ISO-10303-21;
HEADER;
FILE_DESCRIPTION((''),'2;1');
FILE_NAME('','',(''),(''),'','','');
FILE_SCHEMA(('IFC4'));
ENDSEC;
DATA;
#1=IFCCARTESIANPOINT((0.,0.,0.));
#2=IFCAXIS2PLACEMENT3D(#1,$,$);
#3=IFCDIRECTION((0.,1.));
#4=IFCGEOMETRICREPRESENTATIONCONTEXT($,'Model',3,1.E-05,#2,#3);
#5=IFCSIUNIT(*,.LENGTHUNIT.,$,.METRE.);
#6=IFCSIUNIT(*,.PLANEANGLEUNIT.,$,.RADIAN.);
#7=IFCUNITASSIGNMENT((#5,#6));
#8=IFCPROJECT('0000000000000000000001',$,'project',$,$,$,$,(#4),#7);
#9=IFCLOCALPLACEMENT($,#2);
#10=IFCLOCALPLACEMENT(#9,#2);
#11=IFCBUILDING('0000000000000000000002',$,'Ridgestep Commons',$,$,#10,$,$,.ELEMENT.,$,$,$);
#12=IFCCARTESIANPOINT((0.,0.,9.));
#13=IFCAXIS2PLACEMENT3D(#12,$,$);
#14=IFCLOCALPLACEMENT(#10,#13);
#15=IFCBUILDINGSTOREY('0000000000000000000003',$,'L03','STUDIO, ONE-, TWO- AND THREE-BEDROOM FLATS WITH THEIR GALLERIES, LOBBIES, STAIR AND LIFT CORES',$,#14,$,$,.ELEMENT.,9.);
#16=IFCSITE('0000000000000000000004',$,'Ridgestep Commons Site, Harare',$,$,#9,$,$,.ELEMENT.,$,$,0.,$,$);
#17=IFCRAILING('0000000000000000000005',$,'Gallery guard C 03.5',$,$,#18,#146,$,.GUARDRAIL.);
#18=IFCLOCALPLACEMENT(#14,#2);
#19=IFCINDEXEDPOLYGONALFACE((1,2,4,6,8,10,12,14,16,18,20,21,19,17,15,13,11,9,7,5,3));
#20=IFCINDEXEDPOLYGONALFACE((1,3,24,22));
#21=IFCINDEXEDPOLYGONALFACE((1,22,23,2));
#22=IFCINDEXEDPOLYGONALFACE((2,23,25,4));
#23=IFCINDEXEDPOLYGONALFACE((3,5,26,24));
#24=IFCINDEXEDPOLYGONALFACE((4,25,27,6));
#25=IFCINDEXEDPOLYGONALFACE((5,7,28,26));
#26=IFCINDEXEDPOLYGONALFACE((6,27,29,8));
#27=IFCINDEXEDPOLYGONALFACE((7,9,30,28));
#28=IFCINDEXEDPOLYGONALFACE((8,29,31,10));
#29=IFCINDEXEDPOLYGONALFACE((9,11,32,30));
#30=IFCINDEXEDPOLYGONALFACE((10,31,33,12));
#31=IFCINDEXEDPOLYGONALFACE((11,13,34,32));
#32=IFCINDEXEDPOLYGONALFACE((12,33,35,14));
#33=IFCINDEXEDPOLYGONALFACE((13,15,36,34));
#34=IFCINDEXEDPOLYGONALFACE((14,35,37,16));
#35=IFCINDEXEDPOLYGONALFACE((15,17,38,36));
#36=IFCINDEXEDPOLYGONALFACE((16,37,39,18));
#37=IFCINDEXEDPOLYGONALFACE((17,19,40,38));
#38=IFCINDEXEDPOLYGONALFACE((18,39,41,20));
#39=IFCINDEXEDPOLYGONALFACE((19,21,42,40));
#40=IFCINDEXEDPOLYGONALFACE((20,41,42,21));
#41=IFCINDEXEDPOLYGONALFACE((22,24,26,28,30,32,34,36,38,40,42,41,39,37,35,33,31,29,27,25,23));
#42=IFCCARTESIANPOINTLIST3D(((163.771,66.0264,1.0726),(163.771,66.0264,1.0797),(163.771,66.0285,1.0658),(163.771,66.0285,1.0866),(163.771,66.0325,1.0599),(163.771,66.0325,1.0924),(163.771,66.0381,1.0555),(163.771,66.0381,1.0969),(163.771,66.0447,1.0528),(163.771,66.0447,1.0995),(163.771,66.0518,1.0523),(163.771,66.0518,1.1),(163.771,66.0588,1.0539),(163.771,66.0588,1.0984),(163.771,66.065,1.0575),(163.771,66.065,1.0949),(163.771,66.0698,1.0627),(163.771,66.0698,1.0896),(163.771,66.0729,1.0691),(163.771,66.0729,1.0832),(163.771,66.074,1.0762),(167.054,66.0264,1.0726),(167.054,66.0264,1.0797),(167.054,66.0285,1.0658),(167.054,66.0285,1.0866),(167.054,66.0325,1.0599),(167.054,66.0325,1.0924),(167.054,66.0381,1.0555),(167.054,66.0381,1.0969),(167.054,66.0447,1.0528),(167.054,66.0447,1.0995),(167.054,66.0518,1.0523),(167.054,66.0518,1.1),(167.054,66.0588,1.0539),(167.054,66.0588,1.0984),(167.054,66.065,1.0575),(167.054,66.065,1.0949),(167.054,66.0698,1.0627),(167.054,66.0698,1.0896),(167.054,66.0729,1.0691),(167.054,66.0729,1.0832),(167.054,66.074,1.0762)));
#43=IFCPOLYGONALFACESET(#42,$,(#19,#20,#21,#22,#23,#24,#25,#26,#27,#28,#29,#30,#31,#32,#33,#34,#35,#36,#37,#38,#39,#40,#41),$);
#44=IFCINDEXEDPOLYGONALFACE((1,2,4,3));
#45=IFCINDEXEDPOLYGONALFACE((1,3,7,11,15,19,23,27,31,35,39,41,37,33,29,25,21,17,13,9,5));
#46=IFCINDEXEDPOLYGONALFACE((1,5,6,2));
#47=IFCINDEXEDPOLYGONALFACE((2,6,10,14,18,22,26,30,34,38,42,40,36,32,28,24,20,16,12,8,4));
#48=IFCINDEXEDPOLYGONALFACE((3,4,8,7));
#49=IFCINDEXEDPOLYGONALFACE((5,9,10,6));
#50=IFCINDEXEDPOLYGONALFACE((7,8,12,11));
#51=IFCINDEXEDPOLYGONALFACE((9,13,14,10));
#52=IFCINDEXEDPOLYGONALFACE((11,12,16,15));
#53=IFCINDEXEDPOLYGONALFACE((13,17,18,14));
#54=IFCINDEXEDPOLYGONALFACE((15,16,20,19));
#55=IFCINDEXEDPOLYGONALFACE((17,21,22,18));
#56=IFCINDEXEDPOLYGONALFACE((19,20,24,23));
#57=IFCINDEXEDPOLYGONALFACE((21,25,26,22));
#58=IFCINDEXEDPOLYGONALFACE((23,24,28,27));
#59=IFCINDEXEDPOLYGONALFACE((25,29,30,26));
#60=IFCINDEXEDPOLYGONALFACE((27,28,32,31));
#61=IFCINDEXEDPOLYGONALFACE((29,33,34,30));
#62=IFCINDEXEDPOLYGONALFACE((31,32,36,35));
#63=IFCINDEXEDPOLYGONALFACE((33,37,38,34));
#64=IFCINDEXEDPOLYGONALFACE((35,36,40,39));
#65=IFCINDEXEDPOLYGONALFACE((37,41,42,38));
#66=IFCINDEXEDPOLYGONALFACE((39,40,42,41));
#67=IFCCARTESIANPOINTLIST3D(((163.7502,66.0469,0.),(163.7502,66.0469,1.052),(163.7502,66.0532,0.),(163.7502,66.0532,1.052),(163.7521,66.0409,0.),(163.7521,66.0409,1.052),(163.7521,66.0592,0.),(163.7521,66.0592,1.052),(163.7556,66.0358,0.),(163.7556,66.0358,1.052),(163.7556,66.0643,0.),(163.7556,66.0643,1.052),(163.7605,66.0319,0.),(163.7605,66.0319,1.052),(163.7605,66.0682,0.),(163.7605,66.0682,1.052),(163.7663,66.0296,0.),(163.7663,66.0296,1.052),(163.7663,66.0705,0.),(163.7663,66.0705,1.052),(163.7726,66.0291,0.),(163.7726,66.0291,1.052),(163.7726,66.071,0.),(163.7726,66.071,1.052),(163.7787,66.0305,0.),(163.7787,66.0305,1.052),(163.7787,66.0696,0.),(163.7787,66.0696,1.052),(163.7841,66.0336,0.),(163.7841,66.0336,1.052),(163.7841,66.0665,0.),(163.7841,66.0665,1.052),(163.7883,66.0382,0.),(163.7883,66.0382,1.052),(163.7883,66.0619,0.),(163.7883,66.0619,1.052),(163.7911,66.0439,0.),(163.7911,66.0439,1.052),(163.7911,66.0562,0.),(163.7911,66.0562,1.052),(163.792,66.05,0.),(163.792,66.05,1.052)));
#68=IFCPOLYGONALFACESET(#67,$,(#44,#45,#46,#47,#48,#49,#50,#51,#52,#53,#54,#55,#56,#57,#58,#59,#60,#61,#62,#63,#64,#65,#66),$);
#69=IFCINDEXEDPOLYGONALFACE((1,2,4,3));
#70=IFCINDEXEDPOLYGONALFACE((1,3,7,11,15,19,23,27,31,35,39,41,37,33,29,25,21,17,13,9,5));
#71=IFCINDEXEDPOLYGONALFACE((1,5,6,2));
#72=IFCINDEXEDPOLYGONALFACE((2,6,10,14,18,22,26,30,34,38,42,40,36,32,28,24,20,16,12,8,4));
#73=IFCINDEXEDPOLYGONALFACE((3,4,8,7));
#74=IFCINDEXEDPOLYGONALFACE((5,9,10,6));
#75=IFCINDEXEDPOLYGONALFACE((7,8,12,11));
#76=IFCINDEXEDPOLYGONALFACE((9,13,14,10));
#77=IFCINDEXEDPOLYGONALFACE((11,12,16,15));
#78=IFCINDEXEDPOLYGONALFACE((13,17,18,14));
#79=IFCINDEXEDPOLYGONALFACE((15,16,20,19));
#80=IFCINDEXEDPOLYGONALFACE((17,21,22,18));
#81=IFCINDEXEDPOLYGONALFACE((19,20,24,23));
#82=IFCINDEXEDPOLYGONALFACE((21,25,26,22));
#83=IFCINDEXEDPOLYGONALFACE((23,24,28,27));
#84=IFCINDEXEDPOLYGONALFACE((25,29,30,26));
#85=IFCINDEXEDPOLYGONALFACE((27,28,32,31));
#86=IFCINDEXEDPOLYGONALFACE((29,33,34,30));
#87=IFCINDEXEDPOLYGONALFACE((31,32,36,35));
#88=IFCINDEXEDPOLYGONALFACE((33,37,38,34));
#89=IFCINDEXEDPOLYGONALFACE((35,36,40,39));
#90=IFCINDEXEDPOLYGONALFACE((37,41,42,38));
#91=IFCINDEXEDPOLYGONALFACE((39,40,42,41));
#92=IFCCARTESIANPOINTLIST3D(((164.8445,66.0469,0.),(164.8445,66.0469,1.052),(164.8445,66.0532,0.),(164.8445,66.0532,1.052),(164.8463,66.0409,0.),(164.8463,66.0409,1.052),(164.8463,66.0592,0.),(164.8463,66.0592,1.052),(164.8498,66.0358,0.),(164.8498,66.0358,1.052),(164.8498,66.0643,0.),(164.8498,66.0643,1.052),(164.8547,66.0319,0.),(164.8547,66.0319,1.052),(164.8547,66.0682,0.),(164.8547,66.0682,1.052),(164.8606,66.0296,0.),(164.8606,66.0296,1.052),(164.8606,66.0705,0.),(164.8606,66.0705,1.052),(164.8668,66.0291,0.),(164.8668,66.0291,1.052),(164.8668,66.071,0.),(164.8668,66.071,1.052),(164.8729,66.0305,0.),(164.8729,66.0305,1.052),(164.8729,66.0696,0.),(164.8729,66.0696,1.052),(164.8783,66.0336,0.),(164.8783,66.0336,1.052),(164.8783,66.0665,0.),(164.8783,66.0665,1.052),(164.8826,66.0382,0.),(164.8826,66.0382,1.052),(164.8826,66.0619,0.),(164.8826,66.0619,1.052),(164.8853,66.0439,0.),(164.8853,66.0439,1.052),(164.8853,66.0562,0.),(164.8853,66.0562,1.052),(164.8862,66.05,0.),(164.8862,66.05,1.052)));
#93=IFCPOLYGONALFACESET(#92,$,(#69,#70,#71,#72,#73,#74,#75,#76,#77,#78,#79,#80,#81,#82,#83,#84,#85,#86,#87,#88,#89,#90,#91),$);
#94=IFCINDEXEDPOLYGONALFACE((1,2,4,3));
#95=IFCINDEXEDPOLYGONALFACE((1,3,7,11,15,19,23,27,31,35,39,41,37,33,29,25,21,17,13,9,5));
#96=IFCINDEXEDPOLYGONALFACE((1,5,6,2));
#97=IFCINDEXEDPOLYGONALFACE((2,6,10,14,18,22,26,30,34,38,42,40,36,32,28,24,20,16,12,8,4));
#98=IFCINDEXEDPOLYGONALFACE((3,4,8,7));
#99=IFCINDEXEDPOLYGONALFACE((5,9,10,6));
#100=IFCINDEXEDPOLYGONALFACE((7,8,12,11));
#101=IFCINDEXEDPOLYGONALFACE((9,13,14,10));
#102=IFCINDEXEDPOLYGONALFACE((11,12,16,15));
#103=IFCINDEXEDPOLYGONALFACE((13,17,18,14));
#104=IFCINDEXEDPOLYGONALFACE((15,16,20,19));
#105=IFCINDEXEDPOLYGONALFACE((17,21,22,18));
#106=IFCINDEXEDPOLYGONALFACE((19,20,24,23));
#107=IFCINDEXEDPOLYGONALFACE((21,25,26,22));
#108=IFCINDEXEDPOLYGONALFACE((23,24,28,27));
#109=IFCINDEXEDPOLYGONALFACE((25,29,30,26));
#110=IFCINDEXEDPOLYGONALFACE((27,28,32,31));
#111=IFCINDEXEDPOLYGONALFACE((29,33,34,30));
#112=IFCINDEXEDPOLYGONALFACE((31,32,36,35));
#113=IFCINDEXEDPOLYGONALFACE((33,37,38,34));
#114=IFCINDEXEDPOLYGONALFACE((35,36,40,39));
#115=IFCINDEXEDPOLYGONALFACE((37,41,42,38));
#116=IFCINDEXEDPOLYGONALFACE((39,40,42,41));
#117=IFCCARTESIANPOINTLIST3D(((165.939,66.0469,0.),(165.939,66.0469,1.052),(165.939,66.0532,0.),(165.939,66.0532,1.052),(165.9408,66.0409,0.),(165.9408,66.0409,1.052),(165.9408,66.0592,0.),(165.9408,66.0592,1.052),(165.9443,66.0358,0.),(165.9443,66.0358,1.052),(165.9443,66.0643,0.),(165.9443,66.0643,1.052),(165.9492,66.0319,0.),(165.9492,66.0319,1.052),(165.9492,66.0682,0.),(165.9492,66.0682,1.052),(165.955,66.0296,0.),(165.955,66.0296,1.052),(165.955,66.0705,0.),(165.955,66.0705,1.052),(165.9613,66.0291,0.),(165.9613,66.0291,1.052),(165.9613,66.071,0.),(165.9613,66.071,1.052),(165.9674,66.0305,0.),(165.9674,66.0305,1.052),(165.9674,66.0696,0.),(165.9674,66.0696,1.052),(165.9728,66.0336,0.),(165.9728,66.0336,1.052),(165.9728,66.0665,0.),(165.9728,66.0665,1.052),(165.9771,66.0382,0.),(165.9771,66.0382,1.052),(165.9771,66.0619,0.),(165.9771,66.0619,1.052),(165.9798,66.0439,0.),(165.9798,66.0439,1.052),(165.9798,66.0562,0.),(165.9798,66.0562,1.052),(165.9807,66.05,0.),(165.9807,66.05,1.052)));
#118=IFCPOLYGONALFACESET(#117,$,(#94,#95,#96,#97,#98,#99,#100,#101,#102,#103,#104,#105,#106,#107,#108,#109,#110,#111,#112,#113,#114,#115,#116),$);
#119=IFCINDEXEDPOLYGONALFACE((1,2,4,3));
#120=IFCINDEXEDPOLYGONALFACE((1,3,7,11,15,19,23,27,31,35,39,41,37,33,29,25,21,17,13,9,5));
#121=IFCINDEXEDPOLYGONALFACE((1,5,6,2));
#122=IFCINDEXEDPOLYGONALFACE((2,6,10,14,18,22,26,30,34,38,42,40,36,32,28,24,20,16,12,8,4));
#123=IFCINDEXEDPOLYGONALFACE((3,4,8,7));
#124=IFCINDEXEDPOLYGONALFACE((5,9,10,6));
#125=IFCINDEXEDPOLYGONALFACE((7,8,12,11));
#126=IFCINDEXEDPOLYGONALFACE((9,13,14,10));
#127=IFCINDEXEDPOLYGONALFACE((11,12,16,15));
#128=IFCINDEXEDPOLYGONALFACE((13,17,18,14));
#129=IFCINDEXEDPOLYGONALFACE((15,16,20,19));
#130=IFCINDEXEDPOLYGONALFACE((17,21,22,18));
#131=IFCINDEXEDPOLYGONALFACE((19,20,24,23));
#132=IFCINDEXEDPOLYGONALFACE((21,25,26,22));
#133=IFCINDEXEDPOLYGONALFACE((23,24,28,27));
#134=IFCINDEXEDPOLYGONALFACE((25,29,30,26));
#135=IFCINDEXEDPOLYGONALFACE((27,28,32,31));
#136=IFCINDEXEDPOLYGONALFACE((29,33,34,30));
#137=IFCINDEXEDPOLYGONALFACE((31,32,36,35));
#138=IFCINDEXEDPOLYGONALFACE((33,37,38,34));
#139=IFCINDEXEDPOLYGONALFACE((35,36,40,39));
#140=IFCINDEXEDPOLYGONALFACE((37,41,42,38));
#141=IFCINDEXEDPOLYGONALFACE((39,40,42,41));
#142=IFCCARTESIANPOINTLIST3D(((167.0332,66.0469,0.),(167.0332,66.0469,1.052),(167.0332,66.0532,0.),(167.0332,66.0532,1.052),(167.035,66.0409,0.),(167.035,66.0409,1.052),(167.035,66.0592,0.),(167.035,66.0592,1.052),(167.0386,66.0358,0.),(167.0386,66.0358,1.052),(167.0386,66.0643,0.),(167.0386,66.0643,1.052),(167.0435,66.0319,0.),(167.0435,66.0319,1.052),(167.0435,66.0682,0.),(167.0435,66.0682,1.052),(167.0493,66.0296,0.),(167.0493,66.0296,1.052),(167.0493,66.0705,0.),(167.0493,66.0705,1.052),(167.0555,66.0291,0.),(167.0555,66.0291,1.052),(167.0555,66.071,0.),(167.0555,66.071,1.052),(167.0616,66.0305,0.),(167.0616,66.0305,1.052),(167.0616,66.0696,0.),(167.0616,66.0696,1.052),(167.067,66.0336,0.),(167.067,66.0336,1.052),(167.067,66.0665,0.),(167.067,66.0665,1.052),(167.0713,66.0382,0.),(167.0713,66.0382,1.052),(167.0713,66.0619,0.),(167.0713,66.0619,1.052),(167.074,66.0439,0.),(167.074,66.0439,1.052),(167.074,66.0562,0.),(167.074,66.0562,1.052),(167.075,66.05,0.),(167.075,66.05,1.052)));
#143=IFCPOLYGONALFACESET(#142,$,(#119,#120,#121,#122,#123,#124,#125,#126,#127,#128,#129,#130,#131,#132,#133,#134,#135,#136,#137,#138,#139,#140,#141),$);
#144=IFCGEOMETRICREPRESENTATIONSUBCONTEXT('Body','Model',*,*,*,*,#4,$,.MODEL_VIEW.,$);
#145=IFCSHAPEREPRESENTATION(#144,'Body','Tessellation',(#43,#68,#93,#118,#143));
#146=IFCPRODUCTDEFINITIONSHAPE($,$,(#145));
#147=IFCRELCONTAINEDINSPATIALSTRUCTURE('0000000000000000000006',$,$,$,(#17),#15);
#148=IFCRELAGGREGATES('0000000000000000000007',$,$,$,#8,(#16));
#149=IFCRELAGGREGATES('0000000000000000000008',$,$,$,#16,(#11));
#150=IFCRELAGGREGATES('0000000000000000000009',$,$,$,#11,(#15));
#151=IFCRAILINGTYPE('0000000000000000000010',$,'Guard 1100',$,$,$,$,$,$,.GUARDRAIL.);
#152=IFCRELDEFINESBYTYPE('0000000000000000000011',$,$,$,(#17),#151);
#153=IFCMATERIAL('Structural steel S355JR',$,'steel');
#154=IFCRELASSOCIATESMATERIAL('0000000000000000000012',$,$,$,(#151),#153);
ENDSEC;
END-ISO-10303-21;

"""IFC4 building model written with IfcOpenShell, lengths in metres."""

from ifc_helpers import new_model, si_unit, direction, frame, origin, origin_2d, place, context, subcontext, project, spatial, circle, extrude, material, type_object, element, save


model = new_model("IFC4")

# Units and contexts
model_context = context("Model", 3, precision=1e-05, world=origin(), true_north=direction((0.0, 1.0)))
body_context = subcontext(model_context, "Body", "Model", "MODEL_VIEW")
ifc_project = project(units=[si_unit("LENGTHUNIT", "METRE"), si_unit("PLANEANGLEUNIT", "RADIAN")], contexts=[model_context])

# Site, building, storey
site_placement = place(None, origin())
site = spatial("IfcSite", under=ifc_project, at=site_placement, Name="Ridgestep Commons Site, Harare", CompositionType="ELEMENT", RefElevation=0.0)
building_placement = place(site_placement, origin())
building = spatial("IfcBuilding", under=site, at=building_placement, Name="Ridgestep Commons", CompositionType="ELEMENT")
storey_placement = place(building_placement, frame((0.0, 0.0, 9.0)))
storey = spatial("IfcBuildingStorey", under=building, at=storey_placement, Name="L03", Description="STUDIO, ONE-, TWO- AND THREE-BEDROOM FLATS WITH THEIR GALLERIES, LOBBIES, STAIR AND LIFT CORES", CompositionType="ELEMENT", Elevation=9.0)

# Railing
ifc_material_1 = material(Name="Structural steel S355JR", Category="steel")
railing_type_1 = type_object("IfcRailingType", Name="Guard 1100", PredefinedType="GUARDRAIL", material=ifc_material_1)
railing_1_placement = place(storey_placement, frame((163.771, 66.05, 0.0)))
element("IfcRailing", 1, at=railing_1_placement, inside=storey, type_object=railing_type_1, Name="Gallery guard C 03.5", PredefinedType="GUARDRAIL", context=body_context, shape_type="SweptSolid", body=[
    extrude(circle(Radius=0.0239, at=origin_2d()), frame((0.0, 0.0, 1.0762), z_axis=(1.0, 0.0, 0.0), x_axis=(0.0, 1.0, 0.0)), (0.0, 0.0, 1.0), 3.283),
    extrude(circle(Radius=0.021, at=origin_2d()), origin(), (0.0, 0.0, 1.0), 1.052),
    extrude(circle(Radius=0.021, at=origin_2d()), frame((1.0942, 0.0, 0.0)), (0.0, 0.0, 1.0), 1.052),
    extrude(circle(Radius=0.021, at=origin_2d()), frame((2.1887, 0.0, 0.0)), (0.0, 0.0, 1.0), 1.052),
    extrude(circle(Radius=0.021, at=origin_2d()), frame((3.283, 0.0, 0.0)), (0.0, 0.0, 1.0), 1.052),
])

save(model, "model.ifc")
